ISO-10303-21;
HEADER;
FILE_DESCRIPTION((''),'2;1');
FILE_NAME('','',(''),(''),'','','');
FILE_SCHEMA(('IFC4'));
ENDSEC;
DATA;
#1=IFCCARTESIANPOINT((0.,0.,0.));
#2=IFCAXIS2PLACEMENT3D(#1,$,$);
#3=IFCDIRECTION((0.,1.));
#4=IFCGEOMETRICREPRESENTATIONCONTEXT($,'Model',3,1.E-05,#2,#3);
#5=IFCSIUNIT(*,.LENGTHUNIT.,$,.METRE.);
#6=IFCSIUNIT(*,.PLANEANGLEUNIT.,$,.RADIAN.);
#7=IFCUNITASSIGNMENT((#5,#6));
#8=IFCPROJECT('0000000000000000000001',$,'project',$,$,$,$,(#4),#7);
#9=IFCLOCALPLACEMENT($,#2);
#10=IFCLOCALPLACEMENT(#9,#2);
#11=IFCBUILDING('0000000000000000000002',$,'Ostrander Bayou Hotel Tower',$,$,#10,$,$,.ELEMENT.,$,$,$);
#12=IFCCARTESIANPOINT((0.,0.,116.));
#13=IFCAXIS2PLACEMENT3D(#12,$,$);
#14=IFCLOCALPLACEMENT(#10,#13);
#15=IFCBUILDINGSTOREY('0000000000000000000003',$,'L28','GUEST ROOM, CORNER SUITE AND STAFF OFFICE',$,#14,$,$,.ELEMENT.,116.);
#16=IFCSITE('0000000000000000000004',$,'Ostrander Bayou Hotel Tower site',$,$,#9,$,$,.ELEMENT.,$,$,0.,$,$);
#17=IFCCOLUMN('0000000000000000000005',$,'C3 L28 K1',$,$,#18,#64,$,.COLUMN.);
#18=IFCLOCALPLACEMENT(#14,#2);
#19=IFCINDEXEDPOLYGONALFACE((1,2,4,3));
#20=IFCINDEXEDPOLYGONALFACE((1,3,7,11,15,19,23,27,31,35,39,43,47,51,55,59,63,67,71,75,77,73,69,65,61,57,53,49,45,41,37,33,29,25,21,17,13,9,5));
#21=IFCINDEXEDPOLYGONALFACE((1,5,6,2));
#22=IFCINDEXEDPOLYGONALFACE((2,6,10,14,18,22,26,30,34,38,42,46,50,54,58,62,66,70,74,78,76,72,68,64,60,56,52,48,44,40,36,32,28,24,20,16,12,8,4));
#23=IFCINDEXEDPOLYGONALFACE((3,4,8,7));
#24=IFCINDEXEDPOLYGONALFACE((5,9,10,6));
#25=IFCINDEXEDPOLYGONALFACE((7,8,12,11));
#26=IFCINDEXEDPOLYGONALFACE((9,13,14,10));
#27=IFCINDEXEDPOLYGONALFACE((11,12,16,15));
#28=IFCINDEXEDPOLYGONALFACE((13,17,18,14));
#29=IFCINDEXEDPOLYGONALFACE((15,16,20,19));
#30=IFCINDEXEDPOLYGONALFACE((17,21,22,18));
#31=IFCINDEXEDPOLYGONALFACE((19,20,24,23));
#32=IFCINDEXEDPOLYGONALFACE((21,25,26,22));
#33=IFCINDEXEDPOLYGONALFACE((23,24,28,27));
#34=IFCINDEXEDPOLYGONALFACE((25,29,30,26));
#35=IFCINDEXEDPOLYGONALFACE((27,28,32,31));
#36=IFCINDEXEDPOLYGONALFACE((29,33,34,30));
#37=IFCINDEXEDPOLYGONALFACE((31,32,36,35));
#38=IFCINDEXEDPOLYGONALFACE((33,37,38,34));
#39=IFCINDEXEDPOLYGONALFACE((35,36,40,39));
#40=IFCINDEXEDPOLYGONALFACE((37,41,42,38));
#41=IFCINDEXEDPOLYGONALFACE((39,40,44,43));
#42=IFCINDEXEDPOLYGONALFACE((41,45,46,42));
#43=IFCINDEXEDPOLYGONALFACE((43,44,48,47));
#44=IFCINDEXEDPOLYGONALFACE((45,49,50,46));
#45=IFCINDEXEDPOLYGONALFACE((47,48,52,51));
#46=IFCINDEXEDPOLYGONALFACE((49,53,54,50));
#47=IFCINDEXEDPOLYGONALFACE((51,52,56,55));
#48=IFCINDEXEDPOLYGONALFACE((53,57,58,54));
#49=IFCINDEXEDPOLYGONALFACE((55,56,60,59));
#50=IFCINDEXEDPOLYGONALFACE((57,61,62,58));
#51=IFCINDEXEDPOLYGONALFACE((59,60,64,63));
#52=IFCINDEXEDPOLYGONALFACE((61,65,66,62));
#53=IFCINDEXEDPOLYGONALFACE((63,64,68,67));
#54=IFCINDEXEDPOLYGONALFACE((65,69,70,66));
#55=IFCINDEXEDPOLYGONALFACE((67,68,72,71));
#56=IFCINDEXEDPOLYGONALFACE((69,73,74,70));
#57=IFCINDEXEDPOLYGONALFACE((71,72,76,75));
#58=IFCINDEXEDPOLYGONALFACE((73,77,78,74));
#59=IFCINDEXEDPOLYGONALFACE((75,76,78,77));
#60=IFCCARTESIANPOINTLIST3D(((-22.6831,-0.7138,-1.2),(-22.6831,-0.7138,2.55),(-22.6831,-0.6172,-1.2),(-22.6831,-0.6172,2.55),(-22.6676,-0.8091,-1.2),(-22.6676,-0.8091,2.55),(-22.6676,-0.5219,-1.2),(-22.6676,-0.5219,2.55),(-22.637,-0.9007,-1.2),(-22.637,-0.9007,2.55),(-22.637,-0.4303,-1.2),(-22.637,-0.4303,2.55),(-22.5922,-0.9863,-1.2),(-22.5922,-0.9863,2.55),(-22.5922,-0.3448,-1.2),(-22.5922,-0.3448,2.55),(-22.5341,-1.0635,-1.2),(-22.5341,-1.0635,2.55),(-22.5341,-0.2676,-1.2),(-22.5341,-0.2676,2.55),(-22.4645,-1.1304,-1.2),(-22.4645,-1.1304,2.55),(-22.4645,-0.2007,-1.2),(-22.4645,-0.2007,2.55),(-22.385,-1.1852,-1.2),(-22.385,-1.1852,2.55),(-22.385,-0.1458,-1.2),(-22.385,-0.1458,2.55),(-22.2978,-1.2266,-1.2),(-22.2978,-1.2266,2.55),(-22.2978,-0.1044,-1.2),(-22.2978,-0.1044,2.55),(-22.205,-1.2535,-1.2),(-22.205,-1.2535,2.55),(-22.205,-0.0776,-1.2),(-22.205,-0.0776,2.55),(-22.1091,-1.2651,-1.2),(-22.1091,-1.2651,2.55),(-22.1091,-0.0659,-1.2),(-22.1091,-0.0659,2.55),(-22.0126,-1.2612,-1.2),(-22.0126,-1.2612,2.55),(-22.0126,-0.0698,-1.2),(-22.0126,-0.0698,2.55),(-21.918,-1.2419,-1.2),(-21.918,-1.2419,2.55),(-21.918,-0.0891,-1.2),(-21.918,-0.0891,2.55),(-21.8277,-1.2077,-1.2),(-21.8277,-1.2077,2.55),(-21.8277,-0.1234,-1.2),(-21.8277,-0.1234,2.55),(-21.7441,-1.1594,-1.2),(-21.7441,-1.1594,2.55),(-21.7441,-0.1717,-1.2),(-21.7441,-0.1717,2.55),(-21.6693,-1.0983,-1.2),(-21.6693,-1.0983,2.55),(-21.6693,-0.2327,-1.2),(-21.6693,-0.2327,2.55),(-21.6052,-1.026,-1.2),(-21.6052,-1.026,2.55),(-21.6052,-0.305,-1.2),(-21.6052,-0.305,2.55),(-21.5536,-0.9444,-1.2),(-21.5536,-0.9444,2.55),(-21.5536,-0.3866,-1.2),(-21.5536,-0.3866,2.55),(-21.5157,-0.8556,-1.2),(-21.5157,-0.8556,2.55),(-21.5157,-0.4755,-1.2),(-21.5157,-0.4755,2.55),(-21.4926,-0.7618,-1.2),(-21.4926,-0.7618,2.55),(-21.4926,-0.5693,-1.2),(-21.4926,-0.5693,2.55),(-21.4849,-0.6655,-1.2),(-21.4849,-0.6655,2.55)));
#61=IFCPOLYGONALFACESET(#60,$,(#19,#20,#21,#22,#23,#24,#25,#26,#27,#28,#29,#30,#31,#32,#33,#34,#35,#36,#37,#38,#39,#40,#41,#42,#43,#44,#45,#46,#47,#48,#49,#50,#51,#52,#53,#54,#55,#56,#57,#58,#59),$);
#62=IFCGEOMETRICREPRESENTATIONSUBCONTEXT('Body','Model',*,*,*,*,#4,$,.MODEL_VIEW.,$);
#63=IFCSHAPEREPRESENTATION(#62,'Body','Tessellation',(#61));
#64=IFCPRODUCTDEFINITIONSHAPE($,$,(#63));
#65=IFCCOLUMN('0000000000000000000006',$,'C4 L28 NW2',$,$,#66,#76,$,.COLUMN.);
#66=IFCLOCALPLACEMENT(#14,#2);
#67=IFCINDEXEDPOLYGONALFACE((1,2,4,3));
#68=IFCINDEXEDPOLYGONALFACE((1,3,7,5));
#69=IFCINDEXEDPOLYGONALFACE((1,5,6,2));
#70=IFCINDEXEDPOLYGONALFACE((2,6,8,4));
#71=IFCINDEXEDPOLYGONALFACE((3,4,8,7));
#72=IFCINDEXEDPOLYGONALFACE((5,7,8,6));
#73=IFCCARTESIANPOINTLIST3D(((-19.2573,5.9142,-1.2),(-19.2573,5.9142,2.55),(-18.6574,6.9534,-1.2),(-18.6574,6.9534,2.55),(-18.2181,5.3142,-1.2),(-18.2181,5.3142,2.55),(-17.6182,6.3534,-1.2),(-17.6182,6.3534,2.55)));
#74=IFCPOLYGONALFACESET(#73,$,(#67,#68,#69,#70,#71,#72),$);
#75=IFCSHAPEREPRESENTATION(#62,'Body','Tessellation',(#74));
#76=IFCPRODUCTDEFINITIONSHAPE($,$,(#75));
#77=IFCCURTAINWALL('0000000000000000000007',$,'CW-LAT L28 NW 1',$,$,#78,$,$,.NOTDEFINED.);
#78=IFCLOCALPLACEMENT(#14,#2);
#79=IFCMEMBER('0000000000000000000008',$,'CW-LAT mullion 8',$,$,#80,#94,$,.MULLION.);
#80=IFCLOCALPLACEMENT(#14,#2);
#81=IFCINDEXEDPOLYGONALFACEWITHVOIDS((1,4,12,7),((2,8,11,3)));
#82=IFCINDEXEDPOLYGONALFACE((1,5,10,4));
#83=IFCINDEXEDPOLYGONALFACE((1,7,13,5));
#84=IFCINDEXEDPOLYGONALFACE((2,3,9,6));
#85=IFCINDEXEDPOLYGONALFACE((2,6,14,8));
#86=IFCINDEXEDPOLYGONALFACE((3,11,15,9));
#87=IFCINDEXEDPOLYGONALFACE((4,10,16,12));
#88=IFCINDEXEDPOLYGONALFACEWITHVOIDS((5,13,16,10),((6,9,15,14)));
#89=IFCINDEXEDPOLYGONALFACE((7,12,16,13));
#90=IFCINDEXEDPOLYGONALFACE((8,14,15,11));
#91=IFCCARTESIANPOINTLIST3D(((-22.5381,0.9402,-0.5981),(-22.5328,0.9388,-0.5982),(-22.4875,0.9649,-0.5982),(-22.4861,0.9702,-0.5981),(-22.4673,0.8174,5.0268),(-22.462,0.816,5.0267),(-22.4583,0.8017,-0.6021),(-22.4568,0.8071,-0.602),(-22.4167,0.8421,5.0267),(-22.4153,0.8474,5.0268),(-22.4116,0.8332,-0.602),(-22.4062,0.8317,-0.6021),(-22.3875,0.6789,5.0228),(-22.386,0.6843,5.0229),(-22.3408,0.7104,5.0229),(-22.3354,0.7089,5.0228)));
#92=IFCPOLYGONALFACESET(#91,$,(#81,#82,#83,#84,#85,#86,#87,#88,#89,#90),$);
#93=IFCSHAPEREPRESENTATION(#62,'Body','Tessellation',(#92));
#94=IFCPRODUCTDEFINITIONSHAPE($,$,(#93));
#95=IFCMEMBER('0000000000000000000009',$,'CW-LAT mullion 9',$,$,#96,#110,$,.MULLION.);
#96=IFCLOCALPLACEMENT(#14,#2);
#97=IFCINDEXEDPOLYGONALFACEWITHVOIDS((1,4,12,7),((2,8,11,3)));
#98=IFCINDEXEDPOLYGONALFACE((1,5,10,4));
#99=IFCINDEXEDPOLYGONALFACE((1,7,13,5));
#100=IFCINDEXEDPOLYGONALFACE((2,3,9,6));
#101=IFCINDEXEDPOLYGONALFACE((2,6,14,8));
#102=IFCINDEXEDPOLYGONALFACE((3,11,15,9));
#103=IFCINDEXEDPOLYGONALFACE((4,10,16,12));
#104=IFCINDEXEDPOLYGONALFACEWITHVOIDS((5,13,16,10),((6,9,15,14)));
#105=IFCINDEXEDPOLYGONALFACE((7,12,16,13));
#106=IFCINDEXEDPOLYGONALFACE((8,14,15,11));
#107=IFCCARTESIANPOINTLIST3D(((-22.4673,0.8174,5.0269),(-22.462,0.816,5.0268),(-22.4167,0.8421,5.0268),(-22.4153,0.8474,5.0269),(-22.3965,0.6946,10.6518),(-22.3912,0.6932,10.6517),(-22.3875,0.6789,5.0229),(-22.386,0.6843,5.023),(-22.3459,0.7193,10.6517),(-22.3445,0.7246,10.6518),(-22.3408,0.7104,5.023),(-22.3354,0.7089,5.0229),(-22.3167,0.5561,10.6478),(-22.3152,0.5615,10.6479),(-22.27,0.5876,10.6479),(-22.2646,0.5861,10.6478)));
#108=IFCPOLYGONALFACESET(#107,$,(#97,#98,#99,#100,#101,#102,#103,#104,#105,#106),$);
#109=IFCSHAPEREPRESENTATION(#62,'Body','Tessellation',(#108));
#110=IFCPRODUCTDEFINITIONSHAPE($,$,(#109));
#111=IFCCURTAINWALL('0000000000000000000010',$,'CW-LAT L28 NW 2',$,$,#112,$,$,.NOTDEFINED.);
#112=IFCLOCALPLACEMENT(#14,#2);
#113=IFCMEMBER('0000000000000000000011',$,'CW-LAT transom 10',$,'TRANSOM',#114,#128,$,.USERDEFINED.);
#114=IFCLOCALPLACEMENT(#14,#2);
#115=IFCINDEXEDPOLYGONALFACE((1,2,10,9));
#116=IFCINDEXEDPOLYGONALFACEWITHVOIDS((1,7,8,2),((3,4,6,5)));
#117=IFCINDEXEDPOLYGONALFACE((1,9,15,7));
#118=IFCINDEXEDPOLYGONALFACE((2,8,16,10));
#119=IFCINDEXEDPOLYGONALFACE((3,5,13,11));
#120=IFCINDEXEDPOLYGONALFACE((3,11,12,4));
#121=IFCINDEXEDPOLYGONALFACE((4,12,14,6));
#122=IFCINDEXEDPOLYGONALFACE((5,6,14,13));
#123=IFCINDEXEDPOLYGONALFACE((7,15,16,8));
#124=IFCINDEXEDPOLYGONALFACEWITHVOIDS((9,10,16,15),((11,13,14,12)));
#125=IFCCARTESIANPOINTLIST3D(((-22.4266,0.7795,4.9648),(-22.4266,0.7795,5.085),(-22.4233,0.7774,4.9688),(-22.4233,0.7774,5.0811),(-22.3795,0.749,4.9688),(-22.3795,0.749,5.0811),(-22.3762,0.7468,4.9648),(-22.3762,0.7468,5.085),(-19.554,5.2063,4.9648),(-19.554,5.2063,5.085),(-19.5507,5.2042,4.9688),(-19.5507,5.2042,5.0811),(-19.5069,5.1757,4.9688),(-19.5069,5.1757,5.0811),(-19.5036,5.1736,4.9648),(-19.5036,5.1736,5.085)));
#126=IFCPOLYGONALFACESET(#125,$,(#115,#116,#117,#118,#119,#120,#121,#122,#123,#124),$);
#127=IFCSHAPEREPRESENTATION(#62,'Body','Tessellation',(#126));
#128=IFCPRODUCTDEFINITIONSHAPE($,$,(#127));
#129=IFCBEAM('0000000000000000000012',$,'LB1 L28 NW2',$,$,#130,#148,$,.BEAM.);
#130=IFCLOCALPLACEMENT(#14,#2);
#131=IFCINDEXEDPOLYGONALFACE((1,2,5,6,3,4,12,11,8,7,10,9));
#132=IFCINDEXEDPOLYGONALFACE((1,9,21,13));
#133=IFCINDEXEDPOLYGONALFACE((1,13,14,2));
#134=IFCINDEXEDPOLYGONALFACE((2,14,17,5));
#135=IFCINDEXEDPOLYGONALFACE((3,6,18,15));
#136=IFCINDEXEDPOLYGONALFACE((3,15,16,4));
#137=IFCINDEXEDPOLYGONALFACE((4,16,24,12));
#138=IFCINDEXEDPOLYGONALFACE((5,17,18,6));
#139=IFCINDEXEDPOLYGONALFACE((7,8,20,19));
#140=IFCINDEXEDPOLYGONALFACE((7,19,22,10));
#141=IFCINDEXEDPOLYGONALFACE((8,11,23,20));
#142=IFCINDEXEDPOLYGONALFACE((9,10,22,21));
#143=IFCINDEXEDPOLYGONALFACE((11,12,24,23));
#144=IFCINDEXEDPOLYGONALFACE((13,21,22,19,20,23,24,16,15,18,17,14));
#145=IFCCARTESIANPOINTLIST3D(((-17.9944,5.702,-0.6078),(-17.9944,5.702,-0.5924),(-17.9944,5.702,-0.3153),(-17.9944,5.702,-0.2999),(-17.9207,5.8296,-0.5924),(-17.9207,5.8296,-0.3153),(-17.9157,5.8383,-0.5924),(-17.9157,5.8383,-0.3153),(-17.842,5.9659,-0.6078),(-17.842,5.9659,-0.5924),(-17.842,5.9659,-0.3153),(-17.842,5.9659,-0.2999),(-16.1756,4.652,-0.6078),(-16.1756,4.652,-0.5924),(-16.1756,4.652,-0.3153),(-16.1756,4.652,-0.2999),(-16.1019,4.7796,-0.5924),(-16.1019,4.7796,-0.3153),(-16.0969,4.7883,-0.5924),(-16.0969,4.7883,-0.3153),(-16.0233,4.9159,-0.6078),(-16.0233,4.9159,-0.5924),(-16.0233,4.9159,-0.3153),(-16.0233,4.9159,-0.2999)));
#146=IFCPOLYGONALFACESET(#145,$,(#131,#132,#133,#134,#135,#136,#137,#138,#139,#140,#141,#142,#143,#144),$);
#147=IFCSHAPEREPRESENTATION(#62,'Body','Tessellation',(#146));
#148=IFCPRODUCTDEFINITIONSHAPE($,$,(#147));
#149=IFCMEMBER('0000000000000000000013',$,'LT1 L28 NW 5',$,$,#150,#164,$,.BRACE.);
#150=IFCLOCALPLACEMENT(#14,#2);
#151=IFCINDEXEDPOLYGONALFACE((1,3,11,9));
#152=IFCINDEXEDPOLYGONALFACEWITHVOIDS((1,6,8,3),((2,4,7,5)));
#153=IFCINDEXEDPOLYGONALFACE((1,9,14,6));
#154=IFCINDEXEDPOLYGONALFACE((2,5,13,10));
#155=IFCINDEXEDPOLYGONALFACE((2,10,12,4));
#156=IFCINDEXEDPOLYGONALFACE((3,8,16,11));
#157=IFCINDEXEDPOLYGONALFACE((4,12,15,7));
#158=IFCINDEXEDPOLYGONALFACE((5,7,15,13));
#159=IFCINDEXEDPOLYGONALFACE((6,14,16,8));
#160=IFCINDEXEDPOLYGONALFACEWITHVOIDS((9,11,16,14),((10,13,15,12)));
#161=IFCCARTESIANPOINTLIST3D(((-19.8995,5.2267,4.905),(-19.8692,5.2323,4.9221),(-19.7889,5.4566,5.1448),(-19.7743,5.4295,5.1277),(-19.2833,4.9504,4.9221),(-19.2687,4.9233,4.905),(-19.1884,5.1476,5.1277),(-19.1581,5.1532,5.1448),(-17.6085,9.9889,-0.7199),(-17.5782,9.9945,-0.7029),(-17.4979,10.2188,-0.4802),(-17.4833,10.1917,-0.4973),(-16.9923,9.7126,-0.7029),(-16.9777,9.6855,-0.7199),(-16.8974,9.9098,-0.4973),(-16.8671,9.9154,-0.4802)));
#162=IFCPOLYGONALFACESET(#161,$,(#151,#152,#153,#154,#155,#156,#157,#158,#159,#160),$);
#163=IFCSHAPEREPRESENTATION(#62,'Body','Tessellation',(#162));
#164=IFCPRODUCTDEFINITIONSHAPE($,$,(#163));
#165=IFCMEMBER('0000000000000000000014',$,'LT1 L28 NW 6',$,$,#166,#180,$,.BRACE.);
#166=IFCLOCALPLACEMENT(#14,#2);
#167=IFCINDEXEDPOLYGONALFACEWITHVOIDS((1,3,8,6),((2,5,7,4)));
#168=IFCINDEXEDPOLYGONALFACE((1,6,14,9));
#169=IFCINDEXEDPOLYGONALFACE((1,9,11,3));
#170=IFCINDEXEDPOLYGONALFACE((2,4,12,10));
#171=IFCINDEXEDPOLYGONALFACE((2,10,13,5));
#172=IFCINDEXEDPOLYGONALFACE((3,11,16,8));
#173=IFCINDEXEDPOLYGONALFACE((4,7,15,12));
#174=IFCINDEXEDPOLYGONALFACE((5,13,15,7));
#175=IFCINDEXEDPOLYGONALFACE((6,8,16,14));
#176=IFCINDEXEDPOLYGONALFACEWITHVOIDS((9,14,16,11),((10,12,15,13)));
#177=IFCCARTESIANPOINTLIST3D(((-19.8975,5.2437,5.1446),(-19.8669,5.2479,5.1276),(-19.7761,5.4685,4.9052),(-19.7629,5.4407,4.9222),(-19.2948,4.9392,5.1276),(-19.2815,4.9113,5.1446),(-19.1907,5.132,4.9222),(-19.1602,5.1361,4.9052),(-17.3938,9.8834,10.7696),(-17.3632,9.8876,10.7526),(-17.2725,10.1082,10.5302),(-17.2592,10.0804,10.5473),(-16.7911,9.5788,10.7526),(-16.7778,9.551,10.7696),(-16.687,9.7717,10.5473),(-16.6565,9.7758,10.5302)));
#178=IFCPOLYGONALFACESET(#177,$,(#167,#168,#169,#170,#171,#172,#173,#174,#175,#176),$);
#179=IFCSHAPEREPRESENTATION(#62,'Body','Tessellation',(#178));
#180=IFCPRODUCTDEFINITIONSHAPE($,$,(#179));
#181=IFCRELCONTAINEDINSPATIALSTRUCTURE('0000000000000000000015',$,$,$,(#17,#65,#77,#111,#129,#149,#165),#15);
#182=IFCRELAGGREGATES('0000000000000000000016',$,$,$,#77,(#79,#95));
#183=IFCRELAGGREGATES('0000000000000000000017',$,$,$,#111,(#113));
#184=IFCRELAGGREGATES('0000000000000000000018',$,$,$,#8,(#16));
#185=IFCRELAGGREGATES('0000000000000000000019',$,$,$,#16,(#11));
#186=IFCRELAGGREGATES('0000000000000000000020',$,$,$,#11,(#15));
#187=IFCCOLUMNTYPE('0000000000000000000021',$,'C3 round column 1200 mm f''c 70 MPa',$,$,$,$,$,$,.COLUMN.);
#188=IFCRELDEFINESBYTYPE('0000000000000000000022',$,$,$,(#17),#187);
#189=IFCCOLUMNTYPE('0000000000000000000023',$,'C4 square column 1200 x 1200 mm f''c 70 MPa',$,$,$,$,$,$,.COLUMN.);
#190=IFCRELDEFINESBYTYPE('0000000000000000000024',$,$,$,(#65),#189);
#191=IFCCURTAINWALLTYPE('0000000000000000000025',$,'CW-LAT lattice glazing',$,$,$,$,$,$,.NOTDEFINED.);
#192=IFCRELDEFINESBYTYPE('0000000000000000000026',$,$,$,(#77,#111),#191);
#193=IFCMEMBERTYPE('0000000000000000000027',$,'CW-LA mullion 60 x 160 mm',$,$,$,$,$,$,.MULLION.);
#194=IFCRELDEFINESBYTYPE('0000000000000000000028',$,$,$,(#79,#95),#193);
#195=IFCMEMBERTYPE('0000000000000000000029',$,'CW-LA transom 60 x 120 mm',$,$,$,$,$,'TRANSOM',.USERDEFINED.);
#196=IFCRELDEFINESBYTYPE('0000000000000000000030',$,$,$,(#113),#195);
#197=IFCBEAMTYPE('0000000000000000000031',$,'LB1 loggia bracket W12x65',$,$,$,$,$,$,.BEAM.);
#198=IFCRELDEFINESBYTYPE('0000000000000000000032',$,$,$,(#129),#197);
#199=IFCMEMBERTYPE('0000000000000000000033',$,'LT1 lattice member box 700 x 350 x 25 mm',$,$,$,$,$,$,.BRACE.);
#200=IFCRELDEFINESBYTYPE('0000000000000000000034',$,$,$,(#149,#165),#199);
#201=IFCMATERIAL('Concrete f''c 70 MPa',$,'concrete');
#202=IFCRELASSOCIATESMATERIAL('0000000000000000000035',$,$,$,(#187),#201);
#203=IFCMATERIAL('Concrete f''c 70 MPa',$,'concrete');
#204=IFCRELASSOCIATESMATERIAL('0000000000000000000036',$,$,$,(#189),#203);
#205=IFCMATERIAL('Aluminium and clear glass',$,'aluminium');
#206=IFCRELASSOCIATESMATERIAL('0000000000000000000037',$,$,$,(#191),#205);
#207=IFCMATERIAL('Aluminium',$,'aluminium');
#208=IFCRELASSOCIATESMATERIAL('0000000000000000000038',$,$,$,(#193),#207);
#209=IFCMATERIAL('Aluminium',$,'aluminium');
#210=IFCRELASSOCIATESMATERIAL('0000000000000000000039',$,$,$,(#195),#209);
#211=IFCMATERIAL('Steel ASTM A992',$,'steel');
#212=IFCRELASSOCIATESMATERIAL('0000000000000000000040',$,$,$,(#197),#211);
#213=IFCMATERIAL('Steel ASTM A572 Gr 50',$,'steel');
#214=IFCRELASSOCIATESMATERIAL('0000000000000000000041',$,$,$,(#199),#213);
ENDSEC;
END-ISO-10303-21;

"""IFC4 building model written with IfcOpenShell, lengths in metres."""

from ifc_helpers import new_model, si_unit, direction, frame, origin, origin_2d, place, context, subcontext, project, spatial, rectangle, hollow_rectangle, circle, i_section, extrude, material, material_profile, profile_set, type_object, element, aggregate, save


model = new_model("IFC4")

# Units and contexts
model_context = context("Model", 3, precision=1e-05, world=origin(), true_north=direction((0.0, 1.0)))
body_context = subcontext(model_context, "Body", "Model", "MODEL_VIEW")
ifc_project = project(units=[si_unit("LENGTHUNIT", "METRE"), si_unit("PLANEANGLEUNIT", "RADIAN")], contexts=[model_context])

# Site, building, storey
site_placement = place(None, origin())
site = spatial("IfcSite", under=ifc_project, at=site_placement, Name="Ostrander Bayou Hotel Tower site", CompositionType="ELEMENT", RefElevation=0.0)
building_placement = place(site_placement, origin())
building = spatial("IfcBuilding", under=site, at=building_placement, Name="Ostrander Bayou Hotel Tower", CompositionType="ELEMENT")
storey_placement = place(building_placement, frame((0.0, 0.0, 116.0)))
storey = spatial("IfcBuildingStorey", under=building, at=storey_placement, Name="L28", Description="GUEST ROOM, CORNER SUITE AND STAFF OFFICE", CompositionType="ELEMENT", Elevation=116.0)

# Columns
ifc_material_1 = material(Name="Concrete f'c 70 MPa", Category="concrete")
ifc_material_profile_1 = material_profile(ifc_material_1, circle(Radius=0.6001, at=origin_2d()))
ifc_profile_set_1 = profile_set([ifc_material_profile_1], Name="Concrete f'c 70 MPa")
column_type_1 = type_object("IfcColumnType", Name="C3 round column 1200 mm f'c 70 MPa", PredefinedType="COLUMN", material=ifc_profile_set_1)
column_1_placement = place(storey_placement, frame((-22.085, -0.6655, -1.2), z_axis=(0.0, 0.0, 1.0), x_axis=(1.0, 0.0, 0.0)))
element("IfcColumn", 1, at=column_1_placement, inside=storey, type_object=column_type_1, Name="C3 L28 K1", PredefinedType="COLUMN", context=body_context, shape_type="SweptSolid", body=[
    extrude(circle(Radius=0.6001, at=origin_2d()), origin(), (0.0, 0.0, 1.0), 3.75),
])
ifc_material_2 = material(Name="Concrete f'c 70 MPa", Category="concrete")
ifc_material_profile_2 = material_profile(ifc_material_2, rectangle(XDim=1.2, YDim=1.2, at=origin_2d()))
ifc_profile_set_2 = profile_set([ifc_material_profile_2], Name="Concrete f'c 70 MPa")
column_type_2 = type_object("IfcColumnType", Name="C4 square column 1200 x 1200 mm f'c 70 MPa", PredefinedType="COLUMN", material=ifc_profile_set_2)
column_2_placement = place(storey_placement, frame((-18.4377, 6.1338, -1.2), z_axis=(0.0, 0.0, 1.0), x_axis=(0.5, 0.866025, 0.0)))
element("IfcColumn", 2, at=column_2_placement, inside=storey, type_object=column_type_2, Name="C4 L28 NW2", PredefinedType="COLUMN", context=body_context, shape_type="SweptSolid", body=[
    extrude(rectangle(XDim=1.2, YDim=1.2, at=origin_2d()), origin(), (0.0, 0.0, 1.0), 3.75),
])

# Curtain wall, members
ifc_material_3 = material(Name="Aluminium and clear glass", Category="aluminium")
curtain_wall_type = type_object("IfcCurtainWallType", Name="CW-LAT lattice glazing", PredefinedType="NOTDEFINED", material=ifc_material_3)
curtain_wall_1_placement = place(storey_placement, origin())
curtain_wall_1 = element("IfcCurtainWall", 3, at=curtain_wall_1_placement, inside=storey, type_object=curtain_wall_type, Name="CW-LAT L28 NW 1", PredefinedType="NOTDEFINED")
ifc_material_4 = material(Name="Aluminium", Category="aluminium")
ifc_material_profile_3 = material_profile(ifc_material_4, hollow_rectangle(XDim=0.0601, YDim=0.1599, WallThickness=0.0039, at=origin_2d()))
ifc_profile_set_3 = profile_set([ifc_material_profile_3], Name="Aluminium")
member_type_1 = type_object("IfcMemberType", Name="CW-LA mullion 60 x 160 mm", PredefinedType="MULLION", material=ifc_profile_set_3)
member_1_placement = place(storey_placement, frame((-22.4722, 0.886, -0.6001), z_axis=(0.012583, -0.021825, 0.999683), x_axis=(0.866329, 0.499474, 0.0)))
member_1 = element("IfcMember", 4, at=member_1_placement, type_object=member_type_1, Name="CW-LAT mullion 8", PredefinedType="MULLION", context=body_context, shape_type="SweptSolid", body=[
    extrude(hollow_rectangle(XDim=0.0601, YDim=0.1599, WallThickness=0.0039, at=origin_2d()), origin(), (0.0, 0.0, 1.0), 5.6267),
])
member_2_placement = place(storey_placement, frame((-22.4014, 0.7632, 5.0249), z_axis=(0.012583, -0.021825, 0.999683), x_axis=(0.866329, 0.499474, 0.0)))
member_2 = element("IfcMember", 5, at=member_2_placement, type_object=member_type_1, Name="CW-LAT mullion 9", PredefinedType="MULLION", context=body_context, shape_type="SweptSolid", body=[
    extrude(hollow_rectangle(XDim=0.0601, YDim=0.1599, WallThickness=0.0039, at=origin_2d()), origin(), (0.0, 0.0, 1.0), 5.6267),
])

# Curtain wall, member
curtain_wall_2_placement = place(storey_placement, origin())
curtain_wall_2 = element("IfcCurtainWall", 6, at=curtain_wall_2_placement, inside=storey, type_object=curtain_wall_type, Name="CW-LAT L28 NW 2", PredefinedType="NOTDEFINED")
ifc_material_5 = material(Name="Aluminium", Category="aluminium")
ifc_material_profile_4 = material_profile(ifc_material_5, hollow_rectangle(XDim=0.0601, YDim=0.1201, WallThickness=0.0039, at=origin_2d()))
ifc_profile_set_4 = profile_set([ifc_material_profile_4], Name="Aluminium")
member_type_2 = type_object("IfcMemberType", Name="CW-LA transom 60 x 120 mm", ElementType="TRANSOM", PredefinedType="USERDEFINED", material=ifc_profile_set_4)
member_3_placement = place(storey_placement, frame((-22.4014, 0.7632, 5.0249), z_axis=(0.544344, 0.838862, 0.0), x_axis=(-0.838862, 0.544344, 0.0)))
member_3 = element("IfcMember", 7, at=member_3_placement, type_object=member_type_2, Name="CW-LAT transom 10", ObjectType="TRANSOM", PredefinedType="USERDEFINED", context=body_context, shape_type="SweptSolid", body=[
    extrude(hollow_rectangle(XDim=0.0601, YDim=0.1201, WallThickness=0.0039, at=origin_2d()), origin(), (0.0, 0.0, 1.0), 5.2771),
])

# Beam
ifc_material_6 = material(Name="Steel ASTM A992", Category="steel")
ifc_material_profile_5 = material_profile(ifc_material_6, i_section(OverallWidth=0.3047, OverallDepth=0.3079, WebThickness=0.01, FlangeThickness=0.0154, at=origin_2d()))
ifc_profile_set_5 = profile_set([ifc_material_profile_5], Name="Steel ASTM A992")
beam_type_1 = type_object("IfcBeamType", Name="LB1 loggia bracket W12x65", PredefinedType="BEAM", material=ifc_profile_set_5)
beam_1_placement = place(storey_placement, frame((-17.9182, 5.834, -0.4539), z_axis=(0.866038, -0.499977, 0.0), x_axis=(0.499977, 0.866038, 0.0)))
element("IfcBeam", 8, at=beam_1_placement, inside=storey, type_object=beam_type_1, Name="LB1 L28 NW2", PredefinedType="BEAM", context=body_context, shape_type="SweptSolid", body=[
    extrude(i_section(OverallWidth=0.3047, OverallDepth=0.3079, WebThickness=0.01, FlangeThickness=0.0154, at=origin_2d()), origin(), (0.0, 0.0, 1.0), 2.1001),
])

# Members
ifc_material_7 = material(Name="Steel ASTM A572 Gr 50", Category="steel")
ifc_material_profile_6 = material_profile(ifc_material_7, hollow_rectangle(XDim=0.7, YDim=0.3501, WallThickness=0.0249, at=origin_2d()))
ifc_profile_set_6 = profile_set([ifc_material_profile_6], Name="Steel ASTM A572 Gr 50")
member_type_3 = type_object("IfcMemberType", Name="LT1 lattice member box 700 x 350 x 25 mm", PredefinedType="BRACE", material=ifc_profile_set_6)
member_4_placement = place(storey_placement, frame((-19.5288, 5.1899, 5.0249), z_axis=(0.296839, 0.617024, -0.728813), x_axis=(-0.901142, 0.433524, 0.0)))
element("IfcMember", 9, at=member_4_placement, inside=storey, type_object=member_type_3, Name="LT1 L28 NW 5", PredefinedType="BRACE", context=body_context, shape_type="SweptSolid", body=[
    extrude(hollow_rectangle(XDim=0.7, YDim=0.3501, WallThickness=0.0249, at=origin_2d()), origin(), (0.0, 0.0, 1.0), 7.718),
])
member_5_placement = place(storey_placement, frame((-19.5288, 5.1899, 5.0249), z_axis=(0.324753, 0.601815, 0.729626), x_axis=(-0.880044, 0.474892, 0.0)))
element("IfcMember", 10, at=member_5_placement, inside=storey, type_object=member_type_3, Name="LT1 L28 NW 6", PredefinedType="BRACE", context=body_context, shape_type="SweptSolid", body=[
    extrude(hollow_rectangle(XDim=0.7, YDim=0.3501, WallThickness=0.0249, at=origin_2d()), origin(), (0.0, 0.0, 1.0), 7.7095),
])

aggregate(curtain_wall_1, [member_1, member_2])
aggregate(curtain_wall_2, [member_3])

save(model, "model.ifc")
